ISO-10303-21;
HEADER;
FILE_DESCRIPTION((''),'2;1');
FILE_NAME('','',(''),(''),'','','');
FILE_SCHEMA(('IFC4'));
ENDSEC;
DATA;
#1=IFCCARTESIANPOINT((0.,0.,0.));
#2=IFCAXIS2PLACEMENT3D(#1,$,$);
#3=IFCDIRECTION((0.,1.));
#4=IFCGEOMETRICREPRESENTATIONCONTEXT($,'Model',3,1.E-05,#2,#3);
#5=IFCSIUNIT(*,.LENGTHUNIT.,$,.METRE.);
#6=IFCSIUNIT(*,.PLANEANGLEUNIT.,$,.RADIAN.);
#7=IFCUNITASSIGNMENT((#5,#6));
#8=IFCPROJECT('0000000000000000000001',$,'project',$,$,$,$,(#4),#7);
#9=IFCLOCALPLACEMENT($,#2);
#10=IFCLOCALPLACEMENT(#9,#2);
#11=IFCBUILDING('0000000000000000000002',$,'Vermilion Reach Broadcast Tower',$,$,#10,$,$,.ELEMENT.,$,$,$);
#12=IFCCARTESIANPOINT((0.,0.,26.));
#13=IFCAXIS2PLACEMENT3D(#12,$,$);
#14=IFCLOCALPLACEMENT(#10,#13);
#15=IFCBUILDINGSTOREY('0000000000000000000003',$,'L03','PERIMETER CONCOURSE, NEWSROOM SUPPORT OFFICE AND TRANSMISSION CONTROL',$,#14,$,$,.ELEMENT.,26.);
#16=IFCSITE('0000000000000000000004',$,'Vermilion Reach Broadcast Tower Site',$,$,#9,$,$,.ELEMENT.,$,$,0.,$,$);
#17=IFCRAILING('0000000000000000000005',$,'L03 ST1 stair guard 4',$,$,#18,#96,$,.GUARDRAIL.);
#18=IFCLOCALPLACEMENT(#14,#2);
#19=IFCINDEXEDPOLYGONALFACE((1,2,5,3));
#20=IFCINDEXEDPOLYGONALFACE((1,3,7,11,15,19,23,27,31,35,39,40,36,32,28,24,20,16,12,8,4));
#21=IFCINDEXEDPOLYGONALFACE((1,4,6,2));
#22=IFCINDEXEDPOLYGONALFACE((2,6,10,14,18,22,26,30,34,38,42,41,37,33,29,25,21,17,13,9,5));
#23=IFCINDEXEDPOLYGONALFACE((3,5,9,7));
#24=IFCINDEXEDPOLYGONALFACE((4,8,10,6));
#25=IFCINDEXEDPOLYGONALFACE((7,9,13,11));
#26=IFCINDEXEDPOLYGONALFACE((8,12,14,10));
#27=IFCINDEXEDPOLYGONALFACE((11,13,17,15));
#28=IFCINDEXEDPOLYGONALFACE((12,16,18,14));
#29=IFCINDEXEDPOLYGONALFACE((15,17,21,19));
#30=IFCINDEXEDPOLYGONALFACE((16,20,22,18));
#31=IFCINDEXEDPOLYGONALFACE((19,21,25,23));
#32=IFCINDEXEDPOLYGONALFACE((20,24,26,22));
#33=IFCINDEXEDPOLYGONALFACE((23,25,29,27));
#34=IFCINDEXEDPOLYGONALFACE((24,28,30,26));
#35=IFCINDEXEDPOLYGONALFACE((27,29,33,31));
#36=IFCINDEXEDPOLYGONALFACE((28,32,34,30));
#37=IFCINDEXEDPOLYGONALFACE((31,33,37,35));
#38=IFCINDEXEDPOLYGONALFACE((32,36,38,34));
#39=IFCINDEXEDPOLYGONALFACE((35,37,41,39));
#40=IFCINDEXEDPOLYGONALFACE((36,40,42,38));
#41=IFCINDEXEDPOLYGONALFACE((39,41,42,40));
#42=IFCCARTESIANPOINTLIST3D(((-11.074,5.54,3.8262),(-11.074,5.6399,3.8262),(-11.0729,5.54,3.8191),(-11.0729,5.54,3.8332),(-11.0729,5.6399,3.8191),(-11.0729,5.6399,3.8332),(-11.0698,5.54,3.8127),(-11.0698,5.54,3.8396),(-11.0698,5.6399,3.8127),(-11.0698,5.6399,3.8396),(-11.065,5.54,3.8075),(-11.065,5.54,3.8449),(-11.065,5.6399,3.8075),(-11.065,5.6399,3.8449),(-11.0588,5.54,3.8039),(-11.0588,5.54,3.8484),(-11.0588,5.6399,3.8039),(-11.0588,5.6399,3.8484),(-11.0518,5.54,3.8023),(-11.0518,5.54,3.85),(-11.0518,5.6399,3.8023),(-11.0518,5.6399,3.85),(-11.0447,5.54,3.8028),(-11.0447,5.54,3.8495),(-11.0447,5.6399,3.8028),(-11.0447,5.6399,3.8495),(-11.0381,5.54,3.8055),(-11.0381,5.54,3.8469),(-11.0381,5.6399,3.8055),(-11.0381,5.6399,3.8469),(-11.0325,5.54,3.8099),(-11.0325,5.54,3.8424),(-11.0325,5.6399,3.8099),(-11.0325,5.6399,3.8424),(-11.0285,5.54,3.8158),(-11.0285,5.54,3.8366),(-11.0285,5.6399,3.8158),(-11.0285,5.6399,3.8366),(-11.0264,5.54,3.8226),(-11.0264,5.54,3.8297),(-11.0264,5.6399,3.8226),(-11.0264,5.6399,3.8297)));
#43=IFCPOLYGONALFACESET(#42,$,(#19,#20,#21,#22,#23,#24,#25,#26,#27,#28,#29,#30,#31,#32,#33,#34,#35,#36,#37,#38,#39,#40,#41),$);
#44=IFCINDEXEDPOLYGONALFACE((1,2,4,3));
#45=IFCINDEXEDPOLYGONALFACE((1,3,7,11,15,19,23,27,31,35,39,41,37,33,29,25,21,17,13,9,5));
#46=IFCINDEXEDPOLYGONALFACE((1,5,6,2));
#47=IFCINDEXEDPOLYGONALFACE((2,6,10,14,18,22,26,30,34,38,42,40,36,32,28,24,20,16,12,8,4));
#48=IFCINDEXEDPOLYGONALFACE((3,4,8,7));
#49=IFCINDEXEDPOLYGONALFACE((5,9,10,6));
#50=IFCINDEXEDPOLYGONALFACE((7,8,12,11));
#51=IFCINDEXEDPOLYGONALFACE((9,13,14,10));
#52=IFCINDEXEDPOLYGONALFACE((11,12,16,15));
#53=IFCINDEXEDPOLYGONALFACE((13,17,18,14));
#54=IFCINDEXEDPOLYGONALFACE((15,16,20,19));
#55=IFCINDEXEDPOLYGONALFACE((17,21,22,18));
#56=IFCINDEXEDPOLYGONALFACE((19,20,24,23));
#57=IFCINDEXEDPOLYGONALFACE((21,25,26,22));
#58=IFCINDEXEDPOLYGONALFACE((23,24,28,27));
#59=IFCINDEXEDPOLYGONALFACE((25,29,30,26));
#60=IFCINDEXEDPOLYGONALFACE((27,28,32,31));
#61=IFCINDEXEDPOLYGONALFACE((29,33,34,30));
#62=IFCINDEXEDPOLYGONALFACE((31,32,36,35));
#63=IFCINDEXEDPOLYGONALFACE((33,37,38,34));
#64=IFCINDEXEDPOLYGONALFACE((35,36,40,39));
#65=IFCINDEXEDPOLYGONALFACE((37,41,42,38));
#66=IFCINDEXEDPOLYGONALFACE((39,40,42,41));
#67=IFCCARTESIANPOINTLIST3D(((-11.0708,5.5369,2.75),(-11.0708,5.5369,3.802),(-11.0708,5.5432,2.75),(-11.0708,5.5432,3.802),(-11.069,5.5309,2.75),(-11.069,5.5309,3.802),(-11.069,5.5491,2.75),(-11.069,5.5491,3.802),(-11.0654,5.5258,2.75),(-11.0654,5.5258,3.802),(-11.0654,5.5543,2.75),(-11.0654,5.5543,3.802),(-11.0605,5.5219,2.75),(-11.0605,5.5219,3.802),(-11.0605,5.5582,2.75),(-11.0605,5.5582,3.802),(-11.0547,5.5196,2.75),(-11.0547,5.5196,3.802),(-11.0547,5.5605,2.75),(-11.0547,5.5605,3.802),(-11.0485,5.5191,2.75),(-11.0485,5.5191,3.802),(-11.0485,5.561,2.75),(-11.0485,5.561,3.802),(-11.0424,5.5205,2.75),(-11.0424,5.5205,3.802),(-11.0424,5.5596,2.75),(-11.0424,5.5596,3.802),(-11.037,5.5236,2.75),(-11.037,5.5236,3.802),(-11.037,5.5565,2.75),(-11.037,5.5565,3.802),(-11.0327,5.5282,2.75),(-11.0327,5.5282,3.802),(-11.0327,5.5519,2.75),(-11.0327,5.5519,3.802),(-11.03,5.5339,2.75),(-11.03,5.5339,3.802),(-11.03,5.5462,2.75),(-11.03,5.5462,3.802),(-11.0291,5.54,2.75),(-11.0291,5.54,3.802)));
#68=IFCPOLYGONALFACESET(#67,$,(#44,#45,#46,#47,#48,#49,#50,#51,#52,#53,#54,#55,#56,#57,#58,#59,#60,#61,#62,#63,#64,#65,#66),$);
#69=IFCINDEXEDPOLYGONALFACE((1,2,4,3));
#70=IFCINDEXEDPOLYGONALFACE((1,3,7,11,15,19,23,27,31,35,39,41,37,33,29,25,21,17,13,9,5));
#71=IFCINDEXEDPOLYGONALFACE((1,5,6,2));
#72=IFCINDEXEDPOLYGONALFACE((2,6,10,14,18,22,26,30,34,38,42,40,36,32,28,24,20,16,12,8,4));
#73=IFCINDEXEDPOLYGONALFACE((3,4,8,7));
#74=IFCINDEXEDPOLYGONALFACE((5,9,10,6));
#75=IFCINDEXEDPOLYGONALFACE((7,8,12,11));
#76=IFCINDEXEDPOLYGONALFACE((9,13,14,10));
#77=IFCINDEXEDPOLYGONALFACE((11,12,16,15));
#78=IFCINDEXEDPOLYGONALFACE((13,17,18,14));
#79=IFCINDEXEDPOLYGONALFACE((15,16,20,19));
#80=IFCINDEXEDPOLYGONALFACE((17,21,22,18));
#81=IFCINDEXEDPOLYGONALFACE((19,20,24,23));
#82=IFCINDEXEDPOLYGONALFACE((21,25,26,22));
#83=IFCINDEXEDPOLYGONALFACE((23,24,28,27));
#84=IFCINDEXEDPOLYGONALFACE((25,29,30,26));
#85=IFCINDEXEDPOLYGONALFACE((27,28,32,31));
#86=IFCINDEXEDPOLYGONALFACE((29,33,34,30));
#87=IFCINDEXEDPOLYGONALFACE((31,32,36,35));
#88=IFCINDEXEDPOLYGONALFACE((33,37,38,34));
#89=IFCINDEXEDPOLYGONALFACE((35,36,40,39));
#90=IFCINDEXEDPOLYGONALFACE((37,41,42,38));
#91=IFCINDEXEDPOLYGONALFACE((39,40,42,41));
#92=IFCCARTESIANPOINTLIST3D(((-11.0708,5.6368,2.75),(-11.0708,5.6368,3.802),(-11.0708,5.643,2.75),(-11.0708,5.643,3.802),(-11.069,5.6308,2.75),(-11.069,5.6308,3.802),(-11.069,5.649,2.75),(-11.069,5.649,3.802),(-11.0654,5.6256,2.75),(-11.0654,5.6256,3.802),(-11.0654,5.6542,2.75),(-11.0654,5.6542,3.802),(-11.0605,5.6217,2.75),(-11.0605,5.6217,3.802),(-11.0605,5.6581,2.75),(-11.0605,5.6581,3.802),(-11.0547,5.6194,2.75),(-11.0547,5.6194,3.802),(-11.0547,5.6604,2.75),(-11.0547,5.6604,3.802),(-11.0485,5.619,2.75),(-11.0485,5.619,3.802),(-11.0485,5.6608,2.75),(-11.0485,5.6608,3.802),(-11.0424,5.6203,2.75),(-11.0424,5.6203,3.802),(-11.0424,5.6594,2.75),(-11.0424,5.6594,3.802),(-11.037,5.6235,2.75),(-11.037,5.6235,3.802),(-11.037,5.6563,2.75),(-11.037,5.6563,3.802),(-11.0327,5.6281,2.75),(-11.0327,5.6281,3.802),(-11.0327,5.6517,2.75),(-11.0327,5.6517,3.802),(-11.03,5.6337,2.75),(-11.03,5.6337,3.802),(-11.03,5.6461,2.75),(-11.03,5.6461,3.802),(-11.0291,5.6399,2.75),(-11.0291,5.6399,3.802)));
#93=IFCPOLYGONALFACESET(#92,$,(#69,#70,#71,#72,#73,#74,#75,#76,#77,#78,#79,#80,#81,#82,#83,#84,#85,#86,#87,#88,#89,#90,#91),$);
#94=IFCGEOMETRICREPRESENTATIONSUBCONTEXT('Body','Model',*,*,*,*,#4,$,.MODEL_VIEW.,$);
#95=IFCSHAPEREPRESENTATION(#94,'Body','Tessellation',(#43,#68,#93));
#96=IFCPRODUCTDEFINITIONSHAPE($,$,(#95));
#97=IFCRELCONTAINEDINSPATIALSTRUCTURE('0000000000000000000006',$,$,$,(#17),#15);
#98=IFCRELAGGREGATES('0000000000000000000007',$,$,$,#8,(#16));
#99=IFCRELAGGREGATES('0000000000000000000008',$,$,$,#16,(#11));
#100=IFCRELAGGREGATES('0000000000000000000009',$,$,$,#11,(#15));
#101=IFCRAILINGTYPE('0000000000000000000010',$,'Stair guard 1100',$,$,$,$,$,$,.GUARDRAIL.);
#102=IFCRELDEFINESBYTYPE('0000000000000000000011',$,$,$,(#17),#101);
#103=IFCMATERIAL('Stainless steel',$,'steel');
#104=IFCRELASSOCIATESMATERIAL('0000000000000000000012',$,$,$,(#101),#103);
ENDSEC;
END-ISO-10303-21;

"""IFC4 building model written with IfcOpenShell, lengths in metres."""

from ifc_helpers import new_model, si_unit, direction, frame, origin, origin_2d, place, context, subcontext, project, spatial, circle, extrude, material, type_object, element, save


model = new_model("IFC4")

# Units and contexts
model_context = context("Model", 3, precision=1e-05, world=origin(), true_north=direction((0.0, 1.0)))
body_context = subcontext(model_context, "Body", "Model", "MODEL_VIEW")
ifc_project = project(units=[si_unit("LENGTHUNIT", "METRE"), si_unit("PLANEANGLEUNIT", "RADIAN")], contexts=[model_context])

# Site, building, storey
site_placement = place(None, origin())
site = spatial("IfcSite", under=ifc_project, at=site_placement, Name="Vermilion Reach Broadcast Tower Site", CompositionType="ELEMENT", RefElevation=0.0)
building_placement = place(site_placement, origin())
building = spatial("IfcBuilding", under=site, at=building_placement, Name="Vermilion Reach Broadcast Tower", CompositionType="ELEMENT")
storey_placement = place(building_placement, frame((0.0, 0.0, 26.0)))
storey = spatial("IfcBuildingStorey", under=building, at=storey_placement, Name="L03", Description="PERIMETER CONCOURSE, NEWSROOM SUPPORT OFFICE AND TRANSMISSION CONTROL", CompositionType="ELEMENT", Elevation=26.0)

# Railing
ifc_material_1 = material(Name="Stainless steel", Category="steel")
railing_type_1 = type_object("IfcRailingType", Name="Stair guard 1100", PredefinedType="GUARDRAIL", material=ifc_material_1)
railing_1_placement = place(storey_placement, frame((-11.05, 5.54, 2.75)))
element("IfcRailing", 1, at=railing_1_placement, inside=storey, type_object=railing_type_1, Name="L03 ST1 stair guard 4", PredefinedType="GUARDRAIL", context=body_context, shape_type="SweptSolid", body=[
    extrude(circle(Radius=0.0239, at=origin_2d()), frame((0.0, 0.0, 1.0762), z_axis=(0.0, 1.0, 0.0), x_axis=(-1.0, 0.0, 0.0)), (0.0, 0.0, 1.0), 0.0999),
    extrude(circle(Radius=0.021, at=origin_2d()), origin(), (0.0, 0.0, 1.0), 1.052),
    extrude(circle(Radius=0.021, at=origin_2d()), frame((0.0, 0.0999, 0.0)), (0.0, 0.0, 1.0), 1.052),
])

save(model, "model.ifc")
